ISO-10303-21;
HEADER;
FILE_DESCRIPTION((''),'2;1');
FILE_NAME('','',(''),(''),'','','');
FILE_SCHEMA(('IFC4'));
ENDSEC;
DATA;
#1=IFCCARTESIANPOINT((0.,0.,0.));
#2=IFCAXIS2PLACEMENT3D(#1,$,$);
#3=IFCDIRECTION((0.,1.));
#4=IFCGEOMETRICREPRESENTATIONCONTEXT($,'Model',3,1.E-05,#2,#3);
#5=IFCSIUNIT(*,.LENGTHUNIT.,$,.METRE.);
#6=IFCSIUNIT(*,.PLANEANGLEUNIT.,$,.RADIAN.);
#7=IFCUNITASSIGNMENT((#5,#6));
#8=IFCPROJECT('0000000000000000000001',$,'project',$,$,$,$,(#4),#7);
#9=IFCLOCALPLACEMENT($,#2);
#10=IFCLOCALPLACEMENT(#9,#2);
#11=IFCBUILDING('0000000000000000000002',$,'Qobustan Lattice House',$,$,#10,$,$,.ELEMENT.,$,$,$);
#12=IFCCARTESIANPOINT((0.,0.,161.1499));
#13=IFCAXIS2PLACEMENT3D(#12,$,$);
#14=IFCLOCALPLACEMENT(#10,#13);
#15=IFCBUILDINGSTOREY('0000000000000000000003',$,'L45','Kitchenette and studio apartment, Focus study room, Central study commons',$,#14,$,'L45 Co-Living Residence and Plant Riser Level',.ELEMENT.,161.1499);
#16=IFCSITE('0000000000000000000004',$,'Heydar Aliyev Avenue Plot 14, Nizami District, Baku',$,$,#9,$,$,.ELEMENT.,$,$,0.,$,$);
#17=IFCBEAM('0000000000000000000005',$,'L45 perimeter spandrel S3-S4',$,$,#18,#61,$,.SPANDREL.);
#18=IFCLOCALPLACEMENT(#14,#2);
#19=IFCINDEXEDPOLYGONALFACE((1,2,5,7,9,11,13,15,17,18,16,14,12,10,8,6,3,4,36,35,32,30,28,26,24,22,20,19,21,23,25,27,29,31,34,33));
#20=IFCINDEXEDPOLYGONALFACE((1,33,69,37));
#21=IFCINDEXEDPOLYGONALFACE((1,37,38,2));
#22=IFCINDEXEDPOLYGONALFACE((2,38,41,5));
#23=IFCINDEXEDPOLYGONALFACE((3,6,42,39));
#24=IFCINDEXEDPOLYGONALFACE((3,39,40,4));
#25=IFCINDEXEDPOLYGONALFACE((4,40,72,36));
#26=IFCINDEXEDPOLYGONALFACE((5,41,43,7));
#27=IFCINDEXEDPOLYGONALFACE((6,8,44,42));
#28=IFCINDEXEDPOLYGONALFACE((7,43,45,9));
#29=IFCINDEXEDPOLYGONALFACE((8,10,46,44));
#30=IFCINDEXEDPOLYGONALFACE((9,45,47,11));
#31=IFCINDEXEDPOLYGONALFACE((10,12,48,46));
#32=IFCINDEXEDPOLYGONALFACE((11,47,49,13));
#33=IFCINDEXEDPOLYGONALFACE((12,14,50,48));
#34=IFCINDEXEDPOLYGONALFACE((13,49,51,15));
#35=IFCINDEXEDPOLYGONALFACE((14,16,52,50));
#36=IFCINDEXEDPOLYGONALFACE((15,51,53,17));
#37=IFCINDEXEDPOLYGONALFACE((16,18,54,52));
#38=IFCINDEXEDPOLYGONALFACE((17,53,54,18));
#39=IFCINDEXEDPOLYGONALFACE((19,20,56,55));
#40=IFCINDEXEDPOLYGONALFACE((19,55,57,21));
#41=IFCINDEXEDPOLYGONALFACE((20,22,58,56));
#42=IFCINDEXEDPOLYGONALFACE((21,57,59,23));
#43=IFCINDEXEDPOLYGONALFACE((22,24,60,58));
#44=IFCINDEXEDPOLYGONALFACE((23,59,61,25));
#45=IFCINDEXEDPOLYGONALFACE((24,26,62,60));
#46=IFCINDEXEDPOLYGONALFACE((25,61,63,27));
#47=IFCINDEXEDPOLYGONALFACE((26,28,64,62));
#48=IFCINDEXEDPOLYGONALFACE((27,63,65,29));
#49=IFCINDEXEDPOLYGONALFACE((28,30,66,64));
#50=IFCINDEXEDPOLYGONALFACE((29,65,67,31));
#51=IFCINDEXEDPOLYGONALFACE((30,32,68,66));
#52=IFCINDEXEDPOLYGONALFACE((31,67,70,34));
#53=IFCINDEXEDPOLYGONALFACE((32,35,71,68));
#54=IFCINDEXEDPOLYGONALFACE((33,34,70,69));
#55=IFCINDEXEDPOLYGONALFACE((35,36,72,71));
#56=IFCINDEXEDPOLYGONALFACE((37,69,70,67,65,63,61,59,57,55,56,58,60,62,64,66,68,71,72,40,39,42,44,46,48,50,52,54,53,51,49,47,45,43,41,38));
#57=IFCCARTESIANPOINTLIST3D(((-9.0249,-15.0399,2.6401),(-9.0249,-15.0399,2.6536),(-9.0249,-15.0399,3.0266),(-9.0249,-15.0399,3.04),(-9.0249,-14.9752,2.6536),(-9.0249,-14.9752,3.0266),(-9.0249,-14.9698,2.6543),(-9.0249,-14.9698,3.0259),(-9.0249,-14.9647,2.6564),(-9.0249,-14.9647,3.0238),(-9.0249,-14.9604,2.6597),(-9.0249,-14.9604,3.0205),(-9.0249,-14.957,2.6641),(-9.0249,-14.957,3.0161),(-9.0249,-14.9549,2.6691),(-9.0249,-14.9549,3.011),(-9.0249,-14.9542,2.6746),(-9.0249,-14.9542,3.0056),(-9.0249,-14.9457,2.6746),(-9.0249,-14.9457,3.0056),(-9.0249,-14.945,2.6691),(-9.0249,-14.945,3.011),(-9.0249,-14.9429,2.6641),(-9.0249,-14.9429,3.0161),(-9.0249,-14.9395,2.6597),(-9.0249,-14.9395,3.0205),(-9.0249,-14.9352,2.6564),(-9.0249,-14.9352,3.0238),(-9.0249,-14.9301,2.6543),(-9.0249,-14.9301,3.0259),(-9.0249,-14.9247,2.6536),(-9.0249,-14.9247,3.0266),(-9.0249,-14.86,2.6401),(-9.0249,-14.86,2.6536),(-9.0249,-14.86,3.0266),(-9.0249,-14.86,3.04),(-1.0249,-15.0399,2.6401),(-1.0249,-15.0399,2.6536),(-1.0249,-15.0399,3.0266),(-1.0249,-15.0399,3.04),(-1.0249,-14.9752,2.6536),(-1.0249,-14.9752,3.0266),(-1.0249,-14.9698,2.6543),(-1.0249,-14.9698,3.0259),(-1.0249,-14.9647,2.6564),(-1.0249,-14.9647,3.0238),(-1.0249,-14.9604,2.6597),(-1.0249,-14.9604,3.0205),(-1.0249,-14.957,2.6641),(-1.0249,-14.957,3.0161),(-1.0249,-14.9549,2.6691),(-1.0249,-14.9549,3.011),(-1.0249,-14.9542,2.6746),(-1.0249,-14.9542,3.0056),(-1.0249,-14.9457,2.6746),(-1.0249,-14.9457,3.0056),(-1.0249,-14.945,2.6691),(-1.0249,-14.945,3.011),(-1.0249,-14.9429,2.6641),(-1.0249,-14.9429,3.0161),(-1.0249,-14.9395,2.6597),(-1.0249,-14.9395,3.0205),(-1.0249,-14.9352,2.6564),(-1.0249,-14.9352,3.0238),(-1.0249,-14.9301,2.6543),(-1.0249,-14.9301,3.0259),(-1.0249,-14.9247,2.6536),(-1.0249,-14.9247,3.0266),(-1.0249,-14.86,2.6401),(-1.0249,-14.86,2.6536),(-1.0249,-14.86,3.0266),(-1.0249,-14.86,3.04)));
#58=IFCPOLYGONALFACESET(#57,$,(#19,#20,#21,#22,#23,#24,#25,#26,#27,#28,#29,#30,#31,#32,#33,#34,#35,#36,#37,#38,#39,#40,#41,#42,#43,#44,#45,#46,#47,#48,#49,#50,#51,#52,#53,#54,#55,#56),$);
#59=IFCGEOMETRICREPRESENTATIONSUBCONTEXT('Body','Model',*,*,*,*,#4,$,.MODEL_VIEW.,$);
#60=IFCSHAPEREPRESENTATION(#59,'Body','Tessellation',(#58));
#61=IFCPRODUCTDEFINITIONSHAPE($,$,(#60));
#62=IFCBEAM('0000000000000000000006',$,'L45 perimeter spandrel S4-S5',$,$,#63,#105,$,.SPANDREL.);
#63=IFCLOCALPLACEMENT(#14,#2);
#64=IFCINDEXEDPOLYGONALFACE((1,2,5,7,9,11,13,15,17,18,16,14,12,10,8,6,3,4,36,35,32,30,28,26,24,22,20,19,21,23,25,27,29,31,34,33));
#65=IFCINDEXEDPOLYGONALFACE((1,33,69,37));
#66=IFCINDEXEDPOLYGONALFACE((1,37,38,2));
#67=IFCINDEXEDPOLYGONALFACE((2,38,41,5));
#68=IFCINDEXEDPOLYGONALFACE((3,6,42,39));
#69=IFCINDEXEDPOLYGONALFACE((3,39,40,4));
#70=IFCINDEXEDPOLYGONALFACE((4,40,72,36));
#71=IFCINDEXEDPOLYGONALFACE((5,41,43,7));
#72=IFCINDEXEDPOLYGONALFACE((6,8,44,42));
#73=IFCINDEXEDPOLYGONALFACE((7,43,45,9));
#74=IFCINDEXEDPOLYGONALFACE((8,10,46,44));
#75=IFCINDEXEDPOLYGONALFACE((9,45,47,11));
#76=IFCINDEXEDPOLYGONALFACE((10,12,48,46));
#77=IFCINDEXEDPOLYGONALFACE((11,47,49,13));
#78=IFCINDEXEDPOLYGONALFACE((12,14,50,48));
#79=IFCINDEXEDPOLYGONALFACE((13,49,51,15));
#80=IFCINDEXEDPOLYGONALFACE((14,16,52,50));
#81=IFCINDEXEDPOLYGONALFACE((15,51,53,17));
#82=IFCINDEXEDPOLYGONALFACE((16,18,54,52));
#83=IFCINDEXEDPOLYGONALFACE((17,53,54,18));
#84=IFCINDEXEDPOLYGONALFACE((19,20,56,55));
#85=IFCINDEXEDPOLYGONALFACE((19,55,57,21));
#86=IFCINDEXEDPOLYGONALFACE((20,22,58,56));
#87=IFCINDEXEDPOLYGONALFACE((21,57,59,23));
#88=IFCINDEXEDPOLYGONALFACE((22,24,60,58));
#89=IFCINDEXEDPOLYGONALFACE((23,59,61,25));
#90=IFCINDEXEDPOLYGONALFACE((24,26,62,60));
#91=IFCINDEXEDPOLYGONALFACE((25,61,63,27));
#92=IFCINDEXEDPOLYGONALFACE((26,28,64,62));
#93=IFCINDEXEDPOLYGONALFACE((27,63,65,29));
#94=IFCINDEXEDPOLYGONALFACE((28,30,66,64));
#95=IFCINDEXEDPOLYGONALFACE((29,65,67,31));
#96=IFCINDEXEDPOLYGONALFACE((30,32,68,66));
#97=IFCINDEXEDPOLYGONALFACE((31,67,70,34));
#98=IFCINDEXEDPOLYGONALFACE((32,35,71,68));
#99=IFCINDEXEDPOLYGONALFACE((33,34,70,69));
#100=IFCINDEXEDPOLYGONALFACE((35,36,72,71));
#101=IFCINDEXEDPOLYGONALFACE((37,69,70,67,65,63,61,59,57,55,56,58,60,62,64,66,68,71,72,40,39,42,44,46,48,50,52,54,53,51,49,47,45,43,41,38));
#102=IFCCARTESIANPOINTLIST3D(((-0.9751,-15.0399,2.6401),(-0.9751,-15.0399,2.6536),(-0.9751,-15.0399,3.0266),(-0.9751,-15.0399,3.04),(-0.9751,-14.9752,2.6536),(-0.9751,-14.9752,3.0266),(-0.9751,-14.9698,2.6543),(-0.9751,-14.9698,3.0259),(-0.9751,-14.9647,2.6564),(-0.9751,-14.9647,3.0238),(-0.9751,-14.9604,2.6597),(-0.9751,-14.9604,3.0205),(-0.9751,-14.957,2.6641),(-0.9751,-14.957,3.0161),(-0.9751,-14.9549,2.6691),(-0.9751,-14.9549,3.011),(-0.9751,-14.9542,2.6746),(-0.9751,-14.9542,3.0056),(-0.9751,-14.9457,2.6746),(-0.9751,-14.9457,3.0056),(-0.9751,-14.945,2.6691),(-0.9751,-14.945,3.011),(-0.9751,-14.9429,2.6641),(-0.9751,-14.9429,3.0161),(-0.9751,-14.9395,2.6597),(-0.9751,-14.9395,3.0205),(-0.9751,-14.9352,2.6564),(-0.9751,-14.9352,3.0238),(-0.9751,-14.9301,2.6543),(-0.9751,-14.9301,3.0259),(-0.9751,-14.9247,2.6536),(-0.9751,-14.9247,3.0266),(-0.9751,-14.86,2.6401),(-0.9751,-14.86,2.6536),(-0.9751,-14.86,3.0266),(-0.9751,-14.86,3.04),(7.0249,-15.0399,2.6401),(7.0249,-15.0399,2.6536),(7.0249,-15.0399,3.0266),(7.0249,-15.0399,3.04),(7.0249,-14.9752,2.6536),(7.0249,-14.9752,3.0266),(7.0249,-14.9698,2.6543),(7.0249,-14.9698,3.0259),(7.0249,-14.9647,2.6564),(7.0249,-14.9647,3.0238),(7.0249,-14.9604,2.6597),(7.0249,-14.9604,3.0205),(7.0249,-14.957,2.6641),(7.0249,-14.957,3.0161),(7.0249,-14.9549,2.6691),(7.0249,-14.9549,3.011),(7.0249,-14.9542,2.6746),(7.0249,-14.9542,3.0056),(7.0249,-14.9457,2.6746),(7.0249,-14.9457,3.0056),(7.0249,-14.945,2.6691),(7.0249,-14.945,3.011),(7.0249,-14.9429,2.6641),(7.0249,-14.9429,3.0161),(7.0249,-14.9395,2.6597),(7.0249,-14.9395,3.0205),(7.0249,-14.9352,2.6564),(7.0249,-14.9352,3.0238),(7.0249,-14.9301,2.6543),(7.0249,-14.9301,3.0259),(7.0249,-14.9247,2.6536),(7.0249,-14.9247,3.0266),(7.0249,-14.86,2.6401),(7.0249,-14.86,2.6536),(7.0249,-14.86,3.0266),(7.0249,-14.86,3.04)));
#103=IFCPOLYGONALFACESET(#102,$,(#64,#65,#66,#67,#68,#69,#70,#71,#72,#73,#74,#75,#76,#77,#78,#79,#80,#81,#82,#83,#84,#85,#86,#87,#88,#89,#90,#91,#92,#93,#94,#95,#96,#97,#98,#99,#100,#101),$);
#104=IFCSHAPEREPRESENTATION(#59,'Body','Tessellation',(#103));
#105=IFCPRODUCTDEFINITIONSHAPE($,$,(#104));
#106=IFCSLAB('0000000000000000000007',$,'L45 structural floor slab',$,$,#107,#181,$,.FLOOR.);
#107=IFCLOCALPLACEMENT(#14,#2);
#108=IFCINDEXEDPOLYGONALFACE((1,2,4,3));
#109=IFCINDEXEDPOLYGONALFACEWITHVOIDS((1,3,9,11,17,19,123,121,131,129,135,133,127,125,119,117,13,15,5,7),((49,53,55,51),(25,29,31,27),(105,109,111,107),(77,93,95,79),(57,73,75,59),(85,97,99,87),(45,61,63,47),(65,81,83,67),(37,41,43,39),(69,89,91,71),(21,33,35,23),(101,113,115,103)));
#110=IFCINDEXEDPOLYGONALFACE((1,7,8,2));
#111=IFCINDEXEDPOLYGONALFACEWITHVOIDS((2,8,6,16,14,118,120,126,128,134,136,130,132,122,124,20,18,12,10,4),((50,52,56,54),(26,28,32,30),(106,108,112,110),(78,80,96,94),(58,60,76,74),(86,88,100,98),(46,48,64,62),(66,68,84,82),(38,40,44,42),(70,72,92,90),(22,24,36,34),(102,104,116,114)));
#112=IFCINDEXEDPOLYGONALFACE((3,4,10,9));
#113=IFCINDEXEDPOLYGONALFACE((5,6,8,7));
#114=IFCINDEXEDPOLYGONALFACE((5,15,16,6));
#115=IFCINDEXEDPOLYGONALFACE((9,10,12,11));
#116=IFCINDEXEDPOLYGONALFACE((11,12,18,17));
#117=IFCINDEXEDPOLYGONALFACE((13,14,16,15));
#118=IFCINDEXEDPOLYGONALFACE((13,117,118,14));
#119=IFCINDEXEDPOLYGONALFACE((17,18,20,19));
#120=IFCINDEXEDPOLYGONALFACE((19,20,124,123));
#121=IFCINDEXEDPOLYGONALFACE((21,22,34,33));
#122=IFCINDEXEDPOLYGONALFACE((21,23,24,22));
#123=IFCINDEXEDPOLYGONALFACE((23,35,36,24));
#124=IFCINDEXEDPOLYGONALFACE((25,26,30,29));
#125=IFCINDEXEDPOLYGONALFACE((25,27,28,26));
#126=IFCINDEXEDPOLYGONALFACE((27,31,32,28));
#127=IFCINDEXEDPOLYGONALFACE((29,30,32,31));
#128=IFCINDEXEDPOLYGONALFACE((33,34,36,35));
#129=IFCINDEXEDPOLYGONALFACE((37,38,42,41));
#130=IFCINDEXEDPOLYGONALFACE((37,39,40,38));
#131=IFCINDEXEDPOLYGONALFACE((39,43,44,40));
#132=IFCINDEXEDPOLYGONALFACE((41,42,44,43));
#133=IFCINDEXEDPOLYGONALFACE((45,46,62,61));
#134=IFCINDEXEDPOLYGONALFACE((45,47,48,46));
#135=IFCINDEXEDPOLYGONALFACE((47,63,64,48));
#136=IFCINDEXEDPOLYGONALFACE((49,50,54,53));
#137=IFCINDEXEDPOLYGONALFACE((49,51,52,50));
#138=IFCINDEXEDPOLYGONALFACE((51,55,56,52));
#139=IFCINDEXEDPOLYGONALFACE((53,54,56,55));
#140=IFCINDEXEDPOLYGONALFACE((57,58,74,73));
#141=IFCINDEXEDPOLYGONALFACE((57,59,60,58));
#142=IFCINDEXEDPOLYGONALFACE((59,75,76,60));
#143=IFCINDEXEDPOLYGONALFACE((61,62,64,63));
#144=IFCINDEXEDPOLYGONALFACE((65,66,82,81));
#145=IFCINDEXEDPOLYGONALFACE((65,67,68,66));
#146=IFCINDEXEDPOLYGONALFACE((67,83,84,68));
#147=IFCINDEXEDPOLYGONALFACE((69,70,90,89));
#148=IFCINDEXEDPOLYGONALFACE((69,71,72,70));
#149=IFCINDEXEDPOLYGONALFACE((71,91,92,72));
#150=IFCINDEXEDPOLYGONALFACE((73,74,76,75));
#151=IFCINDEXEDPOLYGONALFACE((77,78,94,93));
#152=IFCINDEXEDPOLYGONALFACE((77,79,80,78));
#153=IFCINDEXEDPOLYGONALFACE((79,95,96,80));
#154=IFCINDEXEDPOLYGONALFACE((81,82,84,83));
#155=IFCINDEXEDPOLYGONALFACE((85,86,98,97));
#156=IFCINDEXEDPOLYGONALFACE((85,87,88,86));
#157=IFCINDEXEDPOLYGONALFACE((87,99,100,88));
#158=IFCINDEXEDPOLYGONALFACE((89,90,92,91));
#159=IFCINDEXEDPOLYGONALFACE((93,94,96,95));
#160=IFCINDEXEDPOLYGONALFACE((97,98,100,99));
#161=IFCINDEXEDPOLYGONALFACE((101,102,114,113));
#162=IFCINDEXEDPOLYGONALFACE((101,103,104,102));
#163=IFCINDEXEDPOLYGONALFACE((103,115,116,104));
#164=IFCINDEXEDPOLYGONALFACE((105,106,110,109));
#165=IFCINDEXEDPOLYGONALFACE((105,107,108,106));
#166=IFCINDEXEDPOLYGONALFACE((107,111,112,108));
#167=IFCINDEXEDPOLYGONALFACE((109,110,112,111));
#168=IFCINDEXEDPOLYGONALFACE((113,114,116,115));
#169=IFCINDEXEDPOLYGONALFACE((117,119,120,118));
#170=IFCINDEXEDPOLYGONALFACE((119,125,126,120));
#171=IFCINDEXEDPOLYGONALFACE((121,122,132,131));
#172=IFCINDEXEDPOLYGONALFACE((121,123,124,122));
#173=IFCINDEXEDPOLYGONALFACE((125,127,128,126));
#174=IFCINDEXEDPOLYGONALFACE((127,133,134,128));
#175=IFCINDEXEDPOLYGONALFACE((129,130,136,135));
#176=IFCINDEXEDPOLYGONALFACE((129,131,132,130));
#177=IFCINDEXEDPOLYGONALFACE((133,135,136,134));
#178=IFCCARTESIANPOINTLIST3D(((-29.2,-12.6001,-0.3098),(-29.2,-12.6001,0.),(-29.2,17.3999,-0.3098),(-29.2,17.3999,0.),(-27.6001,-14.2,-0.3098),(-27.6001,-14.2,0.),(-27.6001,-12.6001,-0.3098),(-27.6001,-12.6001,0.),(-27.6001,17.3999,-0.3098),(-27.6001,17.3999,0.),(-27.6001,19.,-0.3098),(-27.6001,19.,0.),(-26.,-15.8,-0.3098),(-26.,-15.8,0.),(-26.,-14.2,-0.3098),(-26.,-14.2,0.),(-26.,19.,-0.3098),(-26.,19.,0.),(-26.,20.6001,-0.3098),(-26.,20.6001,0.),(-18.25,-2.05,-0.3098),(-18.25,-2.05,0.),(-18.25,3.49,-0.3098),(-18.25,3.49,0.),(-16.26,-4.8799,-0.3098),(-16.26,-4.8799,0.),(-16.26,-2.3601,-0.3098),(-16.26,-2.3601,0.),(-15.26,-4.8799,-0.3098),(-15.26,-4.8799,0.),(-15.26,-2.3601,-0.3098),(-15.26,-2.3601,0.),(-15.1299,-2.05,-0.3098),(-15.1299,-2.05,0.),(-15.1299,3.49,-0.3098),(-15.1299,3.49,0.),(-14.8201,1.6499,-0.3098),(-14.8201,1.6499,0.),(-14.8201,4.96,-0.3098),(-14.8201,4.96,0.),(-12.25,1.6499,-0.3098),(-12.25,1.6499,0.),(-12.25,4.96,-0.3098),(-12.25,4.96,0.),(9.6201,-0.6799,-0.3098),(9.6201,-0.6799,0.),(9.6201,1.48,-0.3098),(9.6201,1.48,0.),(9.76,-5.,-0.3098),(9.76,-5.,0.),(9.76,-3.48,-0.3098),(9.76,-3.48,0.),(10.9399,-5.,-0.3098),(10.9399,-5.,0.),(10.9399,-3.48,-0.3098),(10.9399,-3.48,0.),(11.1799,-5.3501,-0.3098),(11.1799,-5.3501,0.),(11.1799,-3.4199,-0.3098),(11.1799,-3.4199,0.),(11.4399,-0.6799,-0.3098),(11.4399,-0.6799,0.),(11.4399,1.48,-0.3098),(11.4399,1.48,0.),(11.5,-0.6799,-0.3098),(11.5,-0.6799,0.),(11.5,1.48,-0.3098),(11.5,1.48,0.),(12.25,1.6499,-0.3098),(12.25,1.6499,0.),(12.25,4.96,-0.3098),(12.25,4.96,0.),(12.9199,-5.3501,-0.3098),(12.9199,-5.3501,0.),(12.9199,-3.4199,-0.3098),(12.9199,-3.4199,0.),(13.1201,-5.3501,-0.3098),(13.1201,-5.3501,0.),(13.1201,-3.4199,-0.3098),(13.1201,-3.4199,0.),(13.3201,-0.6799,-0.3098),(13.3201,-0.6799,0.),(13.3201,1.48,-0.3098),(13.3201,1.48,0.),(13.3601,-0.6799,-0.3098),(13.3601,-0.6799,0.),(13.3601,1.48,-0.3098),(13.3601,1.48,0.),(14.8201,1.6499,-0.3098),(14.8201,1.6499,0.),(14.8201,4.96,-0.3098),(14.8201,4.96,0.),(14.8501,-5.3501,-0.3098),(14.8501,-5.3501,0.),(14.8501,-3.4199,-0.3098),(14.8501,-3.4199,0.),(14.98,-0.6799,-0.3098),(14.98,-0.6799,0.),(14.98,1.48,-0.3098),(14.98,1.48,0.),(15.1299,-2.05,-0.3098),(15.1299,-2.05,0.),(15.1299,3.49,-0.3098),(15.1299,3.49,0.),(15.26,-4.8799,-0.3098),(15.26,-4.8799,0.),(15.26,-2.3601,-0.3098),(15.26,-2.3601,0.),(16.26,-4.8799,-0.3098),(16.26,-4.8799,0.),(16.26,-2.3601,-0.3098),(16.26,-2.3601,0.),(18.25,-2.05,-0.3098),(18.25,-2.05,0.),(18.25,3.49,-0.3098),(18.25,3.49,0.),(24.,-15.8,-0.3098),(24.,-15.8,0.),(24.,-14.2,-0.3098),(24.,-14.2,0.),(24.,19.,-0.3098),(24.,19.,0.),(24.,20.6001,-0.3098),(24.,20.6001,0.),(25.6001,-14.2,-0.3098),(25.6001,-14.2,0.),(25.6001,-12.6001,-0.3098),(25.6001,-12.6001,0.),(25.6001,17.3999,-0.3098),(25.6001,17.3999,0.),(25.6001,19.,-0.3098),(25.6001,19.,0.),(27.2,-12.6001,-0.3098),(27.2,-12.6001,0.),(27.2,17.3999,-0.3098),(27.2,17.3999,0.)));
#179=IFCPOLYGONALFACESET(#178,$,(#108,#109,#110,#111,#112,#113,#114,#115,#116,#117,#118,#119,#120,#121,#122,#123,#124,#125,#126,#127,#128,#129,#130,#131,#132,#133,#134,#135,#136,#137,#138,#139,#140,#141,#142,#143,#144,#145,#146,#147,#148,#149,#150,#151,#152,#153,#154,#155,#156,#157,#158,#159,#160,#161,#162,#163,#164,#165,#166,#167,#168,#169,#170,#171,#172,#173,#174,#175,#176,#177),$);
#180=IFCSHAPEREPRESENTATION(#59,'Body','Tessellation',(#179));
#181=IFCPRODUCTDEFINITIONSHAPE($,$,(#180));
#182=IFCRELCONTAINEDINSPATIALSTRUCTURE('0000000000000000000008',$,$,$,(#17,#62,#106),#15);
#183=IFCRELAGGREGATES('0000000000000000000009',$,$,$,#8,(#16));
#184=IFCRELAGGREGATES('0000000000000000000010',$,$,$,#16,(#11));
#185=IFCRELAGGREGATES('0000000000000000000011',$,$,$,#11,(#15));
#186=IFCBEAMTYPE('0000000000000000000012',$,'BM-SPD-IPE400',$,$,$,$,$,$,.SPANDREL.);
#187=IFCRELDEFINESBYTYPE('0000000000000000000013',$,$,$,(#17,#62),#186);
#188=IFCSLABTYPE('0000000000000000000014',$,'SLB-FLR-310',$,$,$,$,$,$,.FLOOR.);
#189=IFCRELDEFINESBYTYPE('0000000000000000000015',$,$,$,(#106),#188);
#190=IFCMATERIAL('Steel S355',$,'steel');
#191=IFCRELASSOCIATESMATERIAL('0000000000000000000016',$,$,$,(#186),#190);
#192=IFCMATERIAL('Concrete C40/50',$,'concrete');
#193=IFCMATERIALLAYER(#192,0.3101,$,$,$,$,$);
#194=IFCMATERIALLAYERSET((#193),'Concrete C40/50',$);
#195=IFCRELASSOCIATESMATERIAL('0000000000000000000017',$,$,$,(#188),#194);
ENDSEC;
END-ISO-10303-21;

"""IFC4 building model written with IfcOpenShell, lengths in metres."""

from ifc_helpers import new_model, si_unit, direction, frame, origin, origin_2d, place, context, subcontext, project, spatial, polyline, i_section, outline, extrude, material, layer, layer_set, material_profile, profile_set, type_object, element, save


model = new_model("IFC4")

# Units and contexts
model_context = context("Model", 3, precision=1e-05, world=origin(), true_north=direction((0.0, 1.0)))
body_context = subcontext(model_context, "Body", "Model", "MODEL_VIEW")
ifc_project = project(units=[si_unit("LENGTHUNIT", "METRE"), si_unit("PLANEANGLEUNIT", "RADIAN")], contexts=[model_context])

# Site, building, storey
site_placement = place(None, origin())
site = spatial("IfcSite", under=ifc_project, at=site_placement, Name="Heydar Aliyev Avenue Plot 14, Nizami District, Baku", CompositionType="ELEMENT", RefElevation=0.0)
building_placement = place(site_placement, origin())
building = spatial("IfcBuilding", under=site, at=building_placement, Name="Qobustan Lattice House", CompositionType="ELEMENT")
storey_placement = place(building_placement, frame((0.0, 0.0, 161.1499)))
storey = spatial("IfcBuildingStorey", under=building, at=storey_placement, Name="L45", Description="Kitchenette and studio apartment, Focus study room, Central study commons", LongName="L45 Co-Living Residence and Plant Riser Level", CompositionType="ELEMENT", Elevation=161.1499)

# Beams
ifc_material_1 = material(Name="Steel S355", Category="steel")
ifc_material_profile_1 = material_profile(ifc_material_1, i_section(OverallWidth=0.1799, OverallDepth=0.3999, WebThickness=0.0085, FlangeThickness=0.0134, FilletRadius=0.021, at=origin_2d()), Name="IPE400")
ifc_profile_set_1 = profile_set([ifc_material_profile_1], Name="Steel S355")
beam_type_1 = type_object("IfcBeamType", Name="BM-SPD-IPE400", PredefinedType="SPANDREL", material=ifc_profile_set_1)
for number, where, z_axis, x_axis, name in (
    (1, (-9.0249, -14.95, 2.8401), (1.0, 0.0, 0.0), (0.0, 1.0, 0.0), "L45 perimeter spandrel S3-S4"),
    (2, (-0.9751, -14.95, 2.8401), (1.0, 0.0, 0.0), (0.0, 1.0, 0.0), "L45 perimeter spandrel S4-S5"),
):
    element("IfcBeam", number, at=place(storey_placement, frame(where, z_axis=z_axis, x_axis=x_axis)), inside=storey, type_object=beam_type_1, Name=name, PredefinedType="SPANDREL", context=body_context, shape_type="SweptSolid", body=[
        extrude(i_section(OverallWidth=0.1799, OverallDepth=0.3999, WebThickness=0.0085, FlangeThickness=0.0134, FilletRadius=0.021, at=origin_2d()), origin(), (0.0, 0.0, 1.0), 8.0),
    ])

# Slab
ifc_material_2 = material(Name="Concrete C40/50", Category="concrete")
ifc_layer_1 = layer(ifc_material_2, 0.3101)
ifc_layer_set_1 = layer_set([ifc_layer_1], Name="Concrete C40/50")
slab_type_1 = type_object("IfcSlabType", Name="SLB-FLR-310", PredefinedType="FLOOR", material=ifc_layer_set_1)
slab_1_placement = place(storey_placement, frame((0.0, 0.0, -0.3098)))
element("IfcSlab", 3, at=slab_1_placement, inside=storey, type_object=slab_type_1, Name="L45 structural floor slab", PredefinedType="FLOOR", context=body_context, shape_type="SweptSolid", body=[
    extrude(outline(polyline([(-26.0, -15.8), (24.0, -15.8), (24.0, -14.2), (25.6001, -14.2), (25.6001, -12.6001), (27.2, -12.6001), (27.2, 17.3999), (25.6001, 17.3999), (25.6001, 19.0), (24.0, 19.0), (24.0, 20.6001), (-26.0, 20.6001), (-26.0, 19.0), (-27.6001, 19.0), (-27.6001, 17.3999), (-29.2, 17.3999), (-29.2, -12.6001), (-27.6001, -12.6001), (-27.6001, -14.2), (-26.0, -14.2), (-26.0, -15.8)]), holes=[polyline([(-18.25, -2.05), (-18.25, 3.49), (-15.1299, 3.49), (-15.1299, -2.05), (-18.25, -2.05)]), polyline([(15.1299, -2.05), (15.1299, 3.49), (18.25, 3.49), (18.25, -2.05), (15.1299, -2.05)]), polyline([(-14.8201, 1.6499), (-14.8201, 4.96), (-12.25, 4.96), (-12.25, 1.6499), (-14.8201, 1.6499)]), polyline([(12.25, 1.6499), (12.25, 4.96), (14.8201, 4.96), (14.8201, 1.6499), (12.25, 1.6499)]), polyline([(-16.26, -4.8799), (-16.26, -2.3601), (-15.26, -2.3601), (-15.26, -4.8799), (-16.26, -4.8799)]), polyline([(15.26, -4.8799), (15.26, -2.3601), (16.26, -2.3601), (16.26, -4.8799), (15.26, -4.8799)]), polyline([(11.1799, -5.3501), (11.1799, -3.4199), (12.9199, -3.4199), (12.9199, -5.3501), (11.1799, -5.3501)]), polyline([(13.1201, -5.3501), (13.1201, -3.4199), (14.8501, -3.4199), (14.8501, -5.3501), (13.1201, -5.3501)]), polyline([(9.76, -5.0), (9.76, -3.48), (10.9399, -3.48), (10.9399, -5.0), (9.76, -5.0)]), polyline([(13.3601, -0.6799), (13.3601, 1.48), (14.98, 1.48), (14.98, -0.6799), (13.3601, -0.6799)]), polyline([(9.6201, -0.6799), (9.6201, 1.48), (11.4399, 1.48), (11.4399, -0.6799), (9.6201, -0.6799)]), polyline([(11.5, -0.6799), (11.5, 1.48), (13.3201, 1.48), (13.3201, -0.6799), (11.5, -0.6799)])]), origin(), (0.0, 0.0, 1.0), 0.3098),
])

save(model, "model.ifc")
